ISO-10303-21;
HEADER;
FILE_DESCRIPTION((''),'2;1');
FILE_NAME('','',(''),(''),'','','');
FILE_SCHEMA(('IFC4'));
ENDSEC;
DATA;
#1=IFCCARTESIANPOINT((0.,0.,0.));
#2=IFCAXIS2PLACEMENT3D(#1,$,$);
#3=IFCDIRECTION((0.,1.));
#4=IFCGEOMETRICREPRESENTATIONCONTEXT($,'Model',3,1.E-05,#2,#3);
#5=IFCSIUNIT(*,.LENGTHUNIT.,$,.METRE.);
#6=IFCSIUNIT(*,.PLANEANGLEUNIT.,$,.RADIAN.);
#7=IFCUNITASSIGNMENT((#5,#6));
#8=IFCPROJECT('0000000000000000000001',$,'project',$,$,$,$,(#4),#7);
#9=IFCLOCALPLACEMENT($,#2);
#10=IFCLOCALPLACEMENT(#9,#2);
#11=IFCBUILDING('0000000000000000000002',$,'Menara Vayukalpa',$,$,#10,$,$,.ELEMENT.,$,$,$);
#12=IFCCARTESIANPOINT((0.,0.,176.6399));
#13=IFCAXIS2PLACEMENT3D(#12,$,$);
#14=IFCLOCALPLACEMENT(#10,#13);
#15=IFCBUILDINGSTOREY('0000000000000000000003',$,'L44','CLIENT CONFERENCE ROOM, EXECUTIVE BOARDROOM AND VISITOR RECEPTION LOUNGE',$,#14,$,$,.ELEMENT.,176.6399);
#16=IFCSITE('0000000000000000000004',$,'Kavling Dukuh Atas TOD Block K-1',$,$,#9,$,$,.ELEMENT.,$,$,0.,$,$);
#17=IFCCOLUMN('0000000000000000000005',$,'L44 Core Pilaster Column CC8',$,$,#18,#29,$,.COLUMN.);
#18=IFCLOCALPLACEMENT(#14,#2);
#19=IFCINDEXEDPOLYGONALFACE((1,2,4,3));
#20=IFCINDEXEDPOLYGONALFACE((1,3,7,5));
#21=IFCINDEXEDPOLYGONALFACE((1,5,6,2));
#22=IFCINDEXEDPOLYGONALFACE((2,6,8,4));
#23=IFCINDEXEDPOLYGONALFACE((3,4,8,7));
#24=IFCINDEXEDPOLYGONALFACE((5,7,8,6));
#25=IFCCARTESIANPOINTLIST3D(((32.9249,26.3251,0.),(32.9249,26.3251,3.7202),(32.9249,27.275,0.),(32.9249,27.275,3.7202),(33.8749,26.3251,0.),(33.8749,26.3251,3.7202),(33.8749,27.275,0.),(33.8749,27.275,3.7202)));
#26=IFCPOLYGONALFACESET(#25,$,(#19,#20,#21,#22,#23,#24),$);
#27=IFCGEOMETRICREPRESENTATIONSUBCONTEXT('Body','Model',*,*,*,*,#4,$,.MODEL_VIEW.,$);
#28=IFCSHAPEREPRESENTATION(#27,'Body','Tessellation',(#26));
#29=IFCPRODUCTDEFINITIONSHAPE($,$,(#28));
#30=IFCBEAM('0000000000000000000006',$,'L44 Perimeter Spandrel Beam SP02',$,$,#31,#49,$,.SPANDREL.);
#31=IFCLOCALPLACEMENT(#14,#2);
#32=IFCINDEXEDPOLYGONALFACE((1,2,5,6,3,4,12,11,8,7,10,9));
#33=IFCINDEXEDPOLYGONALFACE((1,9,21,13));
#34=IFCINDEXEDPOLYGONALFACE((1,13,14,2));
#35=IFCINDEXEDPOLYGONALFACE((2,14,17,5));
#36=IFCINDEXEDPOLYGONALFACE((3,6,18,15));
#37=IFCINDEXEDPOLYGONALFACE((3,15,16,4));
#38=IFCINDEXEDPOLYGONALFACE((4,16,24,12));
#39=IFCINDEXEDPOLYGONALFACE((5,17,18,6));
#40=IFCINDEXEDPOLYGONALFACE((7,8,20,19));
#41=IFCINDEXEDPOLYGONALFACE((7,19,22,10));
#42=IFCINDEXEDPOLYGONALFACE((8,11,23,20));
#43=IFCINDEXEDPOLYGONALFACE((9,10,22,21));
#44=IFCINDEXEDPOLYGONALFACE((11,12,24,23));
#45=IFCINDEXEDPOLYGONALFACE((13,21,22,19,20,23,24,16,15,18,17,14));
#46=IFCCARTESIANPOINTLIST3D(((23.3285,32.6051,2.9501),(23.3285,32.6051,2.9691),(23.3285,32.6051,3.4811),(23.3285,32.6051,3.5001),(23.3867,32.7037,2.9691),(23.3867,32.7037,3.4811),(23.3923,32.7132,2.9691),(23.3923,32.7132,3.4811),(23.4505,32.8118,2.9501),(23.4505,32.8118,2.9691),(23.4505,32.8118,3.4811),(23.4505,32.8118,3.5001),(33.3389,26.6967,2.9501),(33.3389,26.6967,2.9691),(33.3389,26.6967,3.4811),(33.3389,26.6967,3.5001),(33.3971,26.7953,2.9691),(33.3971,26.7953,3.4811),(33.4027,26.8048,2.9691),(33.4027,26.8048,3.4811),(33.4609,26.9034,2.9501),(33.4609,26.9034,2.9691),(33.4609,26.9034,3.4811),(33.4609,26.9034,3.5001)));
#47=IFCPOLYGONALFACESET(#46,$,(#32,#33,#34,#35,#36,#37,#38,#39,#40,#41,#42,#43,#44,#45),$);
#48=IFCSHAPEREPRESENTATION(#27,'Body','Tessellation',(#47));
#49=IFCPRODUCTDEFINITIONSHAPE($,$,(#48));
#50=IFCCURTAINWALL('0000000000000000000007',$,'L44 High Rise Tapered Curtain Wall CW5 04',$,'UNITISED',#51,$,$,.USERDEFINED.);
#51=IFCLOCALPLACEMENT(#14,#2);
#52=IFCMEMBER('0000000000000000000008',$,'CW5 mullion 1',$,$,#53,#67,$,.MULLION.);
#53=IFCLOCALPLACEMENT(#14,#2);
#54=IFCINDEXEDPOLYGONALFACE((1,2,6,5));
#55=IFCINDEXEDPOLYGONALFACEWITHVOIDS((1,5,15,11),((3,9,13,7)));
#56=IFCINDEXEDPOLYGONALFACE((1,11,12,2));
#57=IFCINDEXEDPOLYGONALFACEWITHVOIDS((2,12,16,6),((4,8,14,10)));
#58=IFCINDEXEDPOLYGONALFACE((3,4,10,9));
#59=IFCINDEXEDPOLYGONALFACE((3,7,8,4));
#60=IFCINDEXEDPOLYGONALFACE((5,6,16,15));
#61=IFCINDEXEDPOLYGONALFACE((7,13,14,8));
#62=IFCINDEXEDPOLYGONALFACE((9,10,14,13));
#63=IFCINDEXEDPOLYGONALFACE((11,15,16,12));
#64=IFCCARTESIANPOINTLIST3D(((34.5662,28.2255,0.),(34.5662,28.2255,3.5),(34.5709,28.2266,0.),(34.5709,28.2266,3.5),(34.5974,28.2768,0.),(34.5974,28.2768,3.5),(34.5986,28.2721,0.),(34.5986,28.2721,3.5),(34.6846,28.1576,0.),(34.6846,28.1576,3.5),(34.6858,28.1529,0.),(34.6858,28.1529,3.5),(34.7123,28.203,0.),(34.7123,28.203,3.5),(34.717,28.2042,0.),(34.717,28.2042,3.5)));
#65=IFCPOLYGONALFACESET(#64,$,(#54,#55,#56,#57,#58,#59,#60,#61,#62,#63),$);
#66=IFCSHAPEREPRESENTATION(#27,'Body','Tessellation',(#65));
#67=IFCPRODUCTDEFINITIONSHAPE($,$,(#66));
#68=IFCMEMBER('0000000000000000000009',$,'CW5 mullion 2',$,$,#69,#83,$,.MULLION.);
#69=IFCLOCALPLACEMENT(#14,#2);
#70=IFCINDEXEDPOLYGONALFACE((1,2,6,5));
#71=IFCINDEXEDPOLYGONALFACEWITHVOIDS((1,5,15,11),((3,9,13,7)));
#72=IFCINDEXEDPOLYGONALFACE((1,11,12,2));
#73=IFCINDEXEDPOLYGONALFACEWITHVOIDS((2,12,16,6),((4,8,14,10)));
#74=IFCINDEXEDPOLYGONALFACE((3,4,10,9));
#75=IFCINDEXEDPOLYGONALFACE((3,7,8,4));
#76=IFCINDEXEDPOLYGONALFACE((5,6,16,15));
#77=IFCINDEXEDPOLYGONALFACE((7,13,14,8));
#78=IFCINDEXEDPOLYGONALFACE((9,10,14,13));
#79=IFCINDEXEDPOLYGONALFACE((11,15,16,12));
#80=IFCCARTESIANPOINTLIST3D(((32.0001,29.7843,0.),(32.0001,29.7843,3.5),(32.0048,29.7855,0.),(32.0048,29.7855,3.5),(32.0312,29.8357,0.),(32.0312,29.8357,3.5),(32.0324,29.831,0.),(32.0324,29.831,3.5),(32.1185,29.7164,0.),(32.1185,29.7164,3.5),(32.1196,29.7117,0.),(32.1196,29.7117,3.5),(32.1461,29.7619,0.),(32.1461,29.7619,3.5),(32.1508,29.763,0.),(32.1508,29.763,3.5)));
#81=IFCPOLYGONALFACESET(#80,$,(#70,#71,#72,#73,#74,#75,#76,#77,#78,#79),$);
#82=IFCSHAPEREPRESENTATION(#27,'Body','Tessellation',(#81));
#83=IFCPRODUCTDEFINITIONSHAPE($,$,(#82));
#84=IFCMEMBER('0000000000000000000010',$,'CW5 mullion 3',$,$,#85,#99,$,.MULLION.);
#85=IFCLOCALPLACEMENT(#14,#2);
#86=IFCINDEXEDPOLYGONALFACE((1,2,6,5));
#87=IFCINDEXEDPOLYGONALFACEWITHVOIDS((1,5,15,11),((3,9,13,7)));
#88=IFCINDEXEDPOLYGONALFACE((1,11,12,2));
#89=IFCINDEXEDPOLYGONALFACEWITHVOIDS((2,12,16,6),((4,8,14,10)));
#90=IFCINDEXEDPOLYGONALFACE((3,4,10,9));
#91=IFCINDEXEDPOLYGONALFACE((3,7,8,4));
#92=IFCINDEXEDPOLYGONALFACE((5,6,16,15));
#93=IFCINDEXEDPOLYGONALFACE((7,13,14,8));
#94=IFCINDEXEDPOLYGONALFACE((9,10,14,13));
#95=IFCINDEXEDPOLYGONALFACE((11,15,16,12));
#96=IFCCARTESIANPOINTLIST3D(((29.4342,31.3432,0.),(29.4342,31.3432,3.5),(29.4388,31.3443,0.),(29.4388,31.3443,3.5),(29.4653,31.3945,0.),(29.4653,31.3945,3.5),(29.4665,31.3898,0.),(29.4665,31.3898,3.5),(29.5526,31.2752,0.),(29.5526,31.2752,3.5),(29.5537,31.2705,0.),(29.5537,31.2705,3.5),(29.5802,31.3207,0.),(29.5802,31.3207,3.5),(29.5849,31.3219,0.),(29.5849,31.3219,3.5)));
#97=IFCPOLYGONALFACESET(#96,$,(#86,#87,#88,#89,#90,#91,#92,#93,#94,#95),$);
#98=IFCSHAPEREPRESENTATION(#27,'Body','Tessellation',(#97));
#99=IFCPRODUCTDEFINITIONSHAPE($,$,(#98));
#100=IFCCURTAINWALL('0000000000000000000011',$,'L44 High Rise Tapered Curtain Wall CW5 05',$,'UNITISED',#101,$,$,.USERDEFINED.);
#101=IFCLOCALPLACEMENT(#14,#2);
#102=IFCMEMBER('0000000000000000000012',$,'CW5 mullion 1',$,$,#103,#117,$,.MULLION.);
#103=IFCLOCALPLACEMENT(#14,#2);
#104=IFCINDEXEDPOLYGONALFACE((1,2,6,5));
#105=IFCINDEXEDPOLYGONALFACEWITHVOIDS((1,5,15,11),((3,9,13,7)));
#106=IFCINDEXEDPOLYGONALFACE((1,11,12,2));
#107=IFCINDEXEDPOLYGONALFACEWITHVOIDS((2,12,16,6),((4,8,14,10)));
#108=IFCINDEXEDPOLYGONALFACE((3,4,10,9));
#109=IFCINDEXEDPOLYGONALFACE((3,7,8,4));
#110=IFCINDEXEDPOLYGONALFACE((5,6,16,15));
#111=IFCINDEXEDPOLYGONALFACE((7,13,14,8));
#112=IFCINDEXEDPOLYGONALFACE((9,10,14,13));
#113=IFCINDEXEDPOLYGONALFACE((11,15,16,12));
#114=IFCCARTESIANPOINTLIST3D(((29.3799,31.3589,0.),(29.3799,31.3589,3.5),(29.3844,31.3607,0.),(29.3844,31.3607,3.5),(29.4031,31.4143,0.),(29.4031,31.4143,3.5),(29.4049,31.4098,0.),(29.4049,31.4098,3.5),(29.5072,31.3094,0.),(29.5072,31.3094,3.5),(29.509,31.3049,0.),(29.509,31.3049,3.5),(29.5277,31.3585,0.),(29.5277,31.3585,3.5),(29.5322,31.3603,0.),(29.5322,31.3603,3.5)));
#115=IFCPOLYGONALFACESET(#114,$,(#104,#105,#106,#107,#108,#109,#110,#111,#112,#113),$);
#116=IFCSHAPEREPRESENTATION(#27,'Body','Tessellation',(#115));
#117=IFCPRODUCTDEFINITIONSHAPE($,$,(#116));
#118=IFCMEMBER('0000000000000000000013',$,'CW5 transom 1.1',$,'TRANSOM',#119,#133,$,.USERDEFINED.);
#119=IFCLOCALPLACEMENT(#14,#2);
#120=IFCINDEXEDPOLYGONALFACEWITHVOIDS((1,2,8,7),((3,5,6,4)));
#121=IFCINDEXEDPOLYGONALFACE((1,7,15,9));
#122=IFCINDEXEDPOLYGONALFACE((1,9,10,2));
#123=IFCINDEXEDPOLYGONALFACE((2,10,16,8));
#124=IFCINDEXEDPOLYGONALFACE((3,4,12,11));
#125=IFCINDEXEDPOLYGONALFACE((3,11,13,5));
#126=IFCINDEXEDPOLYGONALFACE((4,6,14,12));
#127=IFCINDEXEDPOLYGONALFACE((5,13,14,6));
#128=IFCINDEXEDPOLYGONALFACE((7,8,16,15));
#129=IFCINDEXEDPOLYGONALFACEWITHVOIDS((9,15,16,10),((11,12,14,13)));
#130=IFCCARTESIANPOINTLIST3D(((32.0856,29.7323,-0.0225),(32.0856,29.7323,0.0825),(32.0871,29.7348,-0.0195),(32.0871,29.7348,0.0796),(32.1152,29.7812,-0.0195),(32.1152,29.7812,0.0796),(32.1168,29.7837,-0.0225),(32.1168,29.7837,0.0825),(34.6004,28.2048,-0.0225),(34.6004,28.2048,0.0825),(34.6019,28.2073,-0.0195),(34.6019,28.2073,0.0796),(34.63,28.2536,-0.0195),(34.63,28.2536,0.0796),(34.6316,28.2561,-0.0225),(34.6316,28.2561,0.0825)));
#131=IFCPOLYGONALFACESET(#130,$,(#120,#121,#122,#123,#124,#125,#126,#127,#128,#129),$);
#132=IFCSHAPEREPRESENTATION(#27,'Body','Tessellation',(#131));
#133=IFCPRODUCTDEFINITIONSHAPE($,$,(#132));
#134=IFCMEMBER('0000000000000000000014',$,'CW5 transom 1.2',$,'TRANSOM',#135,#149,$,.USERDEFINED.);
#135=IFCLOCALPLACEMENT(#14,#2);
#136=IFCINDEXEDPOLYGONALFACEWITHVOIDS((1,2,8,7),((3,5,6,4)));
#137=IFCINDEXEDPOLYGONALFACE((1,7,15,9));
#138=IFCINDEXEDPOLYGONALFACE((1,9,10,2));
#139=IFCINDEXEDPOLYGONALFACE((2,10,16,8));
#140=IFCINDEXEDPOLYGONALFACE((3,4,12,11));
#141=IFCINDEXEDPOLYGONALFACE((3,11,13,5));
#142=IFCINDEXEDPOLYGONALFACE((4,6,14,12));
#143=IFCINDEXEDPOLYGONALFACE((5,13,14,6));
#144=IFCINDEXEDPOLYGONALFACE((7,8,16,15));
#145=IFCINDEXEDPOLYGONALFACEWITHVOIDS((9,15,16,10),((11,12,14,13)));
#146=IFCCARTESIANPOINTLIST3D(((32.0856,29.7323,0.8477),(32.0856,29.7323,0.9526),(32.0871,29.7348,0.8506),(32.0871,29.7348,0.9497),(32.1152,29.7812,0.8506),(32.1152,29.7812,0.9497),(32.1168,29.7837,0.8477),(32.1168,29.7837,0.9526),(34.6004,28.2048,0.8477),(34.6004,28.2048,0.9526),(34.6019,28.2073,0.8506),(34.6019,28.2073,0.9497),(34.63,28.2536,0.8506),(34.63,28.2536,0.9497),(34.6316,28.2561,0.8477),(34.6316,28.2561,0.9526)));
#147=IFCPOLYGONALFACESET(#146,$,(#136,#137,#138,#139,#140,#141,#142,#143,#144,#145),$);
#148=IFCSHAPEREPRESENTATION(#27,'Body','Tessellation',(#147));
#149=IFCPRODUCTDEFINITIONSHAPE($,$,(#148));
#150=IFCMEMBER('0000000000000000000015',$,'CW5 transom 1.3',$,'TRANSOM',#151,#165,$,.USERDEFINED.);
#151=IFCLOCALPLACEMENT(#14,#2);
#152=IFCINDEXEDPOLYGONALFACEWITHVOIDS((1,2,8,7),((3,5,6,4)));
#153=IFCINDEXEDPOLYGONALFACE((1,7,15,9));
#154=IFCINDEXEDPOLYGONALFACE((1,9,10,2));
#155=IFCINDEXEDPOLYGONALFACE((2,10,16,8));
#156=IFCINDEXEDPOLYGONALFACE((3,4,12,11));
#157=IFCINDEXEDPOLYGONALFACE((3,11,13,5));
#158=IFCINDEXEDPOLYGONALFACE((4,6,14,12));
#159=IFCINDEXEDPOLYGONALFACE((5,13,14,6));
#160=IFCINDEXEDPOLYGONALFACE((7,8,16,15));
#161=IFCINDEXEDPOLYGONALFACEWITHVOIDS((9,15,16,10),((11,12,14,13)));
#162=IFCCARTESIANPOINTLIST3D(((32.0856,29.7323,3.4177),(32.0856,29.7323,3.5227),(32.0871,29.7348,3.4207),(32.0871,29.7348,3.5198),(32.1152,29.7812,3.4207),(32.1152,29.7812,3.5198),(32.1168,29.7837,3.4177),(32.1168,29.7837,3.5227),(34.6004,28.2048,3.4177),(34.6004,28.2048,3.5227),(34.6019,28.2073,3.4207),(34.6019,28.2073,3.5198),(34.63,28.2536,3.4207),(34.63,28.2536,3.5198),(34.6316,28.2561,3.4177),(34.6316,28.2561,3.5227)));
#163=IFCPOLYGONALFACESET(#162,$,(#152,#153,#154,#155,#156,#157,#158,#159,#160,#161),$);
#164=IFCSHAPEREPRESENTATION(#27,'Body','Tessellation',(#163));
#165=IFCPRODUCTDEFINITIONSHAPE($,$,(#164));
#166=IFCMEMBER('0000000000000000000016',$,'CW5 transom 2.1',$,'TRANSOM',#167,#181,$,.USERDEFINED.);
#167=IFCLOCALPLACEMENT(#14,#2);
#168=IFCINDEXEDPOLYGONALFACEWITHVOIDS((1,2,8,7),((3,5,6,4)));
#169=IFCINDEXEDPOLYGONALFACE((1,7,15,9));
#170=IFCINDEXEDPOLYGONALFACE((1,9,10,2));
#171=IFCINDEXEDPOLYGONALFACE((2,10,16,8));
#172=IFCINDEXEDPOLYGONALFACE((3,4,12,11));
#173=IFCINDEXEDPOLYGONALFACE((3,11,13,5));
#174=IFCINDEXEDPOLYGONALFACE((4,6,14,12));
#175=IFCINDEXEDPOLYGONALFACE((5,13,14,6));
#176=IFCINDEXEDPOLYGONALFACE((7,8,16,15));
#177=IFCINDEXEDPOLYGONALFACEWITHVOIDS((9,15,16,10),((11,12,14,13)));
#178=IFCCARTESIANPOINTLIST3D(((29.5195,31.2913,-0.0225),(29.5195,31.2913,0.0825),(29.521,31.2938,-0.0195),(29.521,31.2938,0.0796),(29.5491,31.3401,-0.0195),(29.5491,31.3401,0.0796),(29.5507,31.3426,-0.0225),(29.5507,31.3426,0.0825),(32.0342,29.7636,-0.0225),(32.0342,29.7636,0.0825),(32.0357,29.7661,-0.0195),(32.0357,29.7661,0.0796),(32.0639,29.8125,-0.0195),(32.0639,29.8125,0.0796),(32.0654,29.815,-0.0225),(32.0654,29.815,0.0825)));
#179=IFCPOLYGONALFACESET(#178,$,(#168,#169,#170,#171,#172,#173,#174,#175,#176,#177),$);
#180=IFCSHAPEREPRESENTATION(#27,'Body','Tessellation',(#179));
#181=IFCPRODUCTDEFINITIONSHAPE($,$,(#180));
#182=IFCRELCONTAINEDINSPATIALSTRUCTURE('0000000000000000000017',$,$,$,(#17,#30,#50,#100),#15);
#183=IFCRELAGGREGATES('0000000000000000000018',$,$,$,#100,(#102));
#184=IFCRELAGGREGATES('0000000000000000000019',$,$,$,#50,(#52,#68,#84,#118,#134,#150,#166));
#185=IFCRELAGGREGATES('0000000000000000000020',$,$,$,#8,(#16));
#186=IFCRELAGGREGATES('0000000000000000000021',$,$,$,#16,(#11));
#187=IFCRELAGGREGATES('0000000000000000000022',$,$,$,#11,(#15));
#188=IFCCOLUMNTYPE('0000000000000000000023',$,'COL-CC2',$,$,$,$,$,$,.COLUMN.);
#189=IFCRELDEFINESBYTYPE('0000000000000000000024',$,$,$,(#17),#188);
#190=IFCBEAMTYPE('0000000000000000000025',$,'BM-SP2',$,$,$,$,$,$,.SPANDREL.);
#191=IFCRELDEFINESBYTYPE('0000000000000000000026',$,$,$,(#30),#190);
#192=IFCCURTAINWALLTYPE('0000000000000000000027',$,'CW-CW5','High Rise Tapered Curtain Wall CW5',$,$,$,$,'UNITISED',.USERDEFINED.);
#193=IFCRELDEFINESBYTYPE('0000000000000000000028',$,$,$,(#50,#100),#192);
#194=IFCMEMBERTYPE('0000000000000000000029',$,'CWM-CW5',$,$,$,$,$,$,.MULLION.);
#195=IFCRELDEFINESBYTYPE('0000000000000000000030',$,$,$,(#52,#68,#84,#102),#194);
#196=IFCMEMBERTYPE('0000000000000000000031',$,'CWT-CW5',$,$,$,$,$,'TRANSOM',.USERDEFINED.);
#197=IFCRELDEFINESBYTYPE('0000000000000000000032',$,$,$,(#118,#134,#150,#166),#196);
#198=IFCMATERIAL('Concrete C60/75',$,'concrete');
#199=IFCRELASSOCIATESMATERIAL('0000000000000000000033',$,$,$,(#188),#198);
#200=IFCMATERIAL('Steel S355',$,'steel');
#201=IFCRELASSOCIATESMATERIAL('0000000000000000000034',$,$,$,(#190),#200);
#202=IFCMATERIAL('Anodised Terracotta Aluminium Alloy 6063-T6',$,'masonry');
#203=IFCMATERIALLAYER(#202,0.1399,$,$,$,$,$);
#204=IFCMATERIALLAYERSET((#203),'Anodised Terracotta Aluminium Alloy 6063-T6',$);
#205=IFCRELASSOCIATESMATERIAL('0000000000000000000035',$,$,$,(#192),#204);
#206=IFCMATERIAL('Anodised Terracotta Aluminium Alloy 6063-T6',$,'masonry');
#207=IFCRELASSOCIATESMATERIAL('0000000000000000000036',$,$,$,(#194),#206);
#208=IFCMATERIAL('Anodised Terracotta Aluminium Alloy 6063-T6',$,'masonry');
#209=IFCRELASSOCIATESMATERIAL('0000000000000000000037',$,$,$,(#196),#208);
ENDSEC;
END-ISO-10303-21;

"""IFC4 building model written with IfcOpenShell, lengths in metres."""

from ifc_helpers import new_model, si_unit, direction, frame, origin, origin_2d, place, context, subcontext, project, spatial, rectangle, hollow_rectangle, i_section, extrude, material, layer, layer_set, material_profile, profile_set, type_object, element, aggregate, save


model = new_model("IFC4")

# Units and contexts
model_context = context("Model", 3, precision=1e-05, world=origin(), true_north=direction((0.0, 1.0)))
body_context = subcontext(model_context, "Body", "Model", "MODEL_VIEW")
ifc_project = project(units=[si_unit("LENGTHUNIT", "METRE"), si_unit("PLANEANGLEUNIT", "RADIAN")], contexts=[model_context])

# Site, building, storey
site_placement = place(None, origin())
site = spatial("IfcSite", under=ifc_project, at=site_placement, Name="Kavling Dukuh Atas TOD Block K-1", CompositionType="ELEMENT", RefElevation=0.0)
building_placement = place(site_placement, origin())
building = spatial("IfcBuilding", under=site, at=building_placement, Name="Menara Vayukalpa", CompositionType="ELEMENT")
storey_placement = place(building_placement, frame((0.0, 0.0, 176.6399)))
storey = spatial("IfcBuildingStorey", under=building, at=storey_placement, Name="L44", Description="CLIENT CONFERENCE ROOM, EXECUTIVE BOARDROOM AND VISITOR RECEPTION LOUNGE", CompositionType="ELEMENT", Elevation=176.6399)

# Column
ifc_material_1 = material(Name="Concrete C60/75", Category="concrete")
ifc_material_profile_1 = material_profile(ifc_material_1, rectangle(XDim=0.95, YDim=0.95, at=origin_2d()), Name="RC 950x950")
ifc_profile_set_1 = profile_set([ifc_material_profile_1], Name="Concrete C60/75")
column_type = type_object("IfcColumnType", Name="COL-CC2", PredefinedType="COLUMN", material=ifc_profile_set_1)
column_placement = place(storey_placement, frame((33.3999, 26.8, 0.0), z_axis=(0.0, 0.0, 1.0), x_axis=(1.0, 0.0, 0.0)))
element("IfcColumn", 1, at=column_placement, inside=storey, type_object=column_type, Name="L44 Core Pilaster Column CC8", PredefinedType="COLUMN", context=body_context, shape_type="SweptSolid", body=[
    extrude(rectangle(XDim=0.95, YDim=0.95, at=origin_2d()), origin(), (0.0, 0.0, 1.0), 3.7202),
])

# Beam
ifc_material_2 = material(Name="Steel S355", Category="steel")
ifc_material_profile_2 = material_profile(ifc_material_2, i_section(OverallWidth=0.24, OverallDepth=0.55, WebThickness=0.011, FlangeThickness=0.019, at=origin_2d()), Name="WF 550x240x11x19")
ifc_profile_set_2 = profile_set([ifc_material_profile_2], Name="Steel S355")
beam_type = type_object("IfcBeamType", Name="BM-SP2", PredefinedType="SPANDREL", material=ifc_profile_set_2)
beam_placement = place(storey_placement, frame((33.3999, 26.8, 3.2251), z_axis=(-0.861184, 0.508293, 0.0), x_axis=(-0.508293, -0.861184, 0.0)))
element("IfcBeam", 2, at=beam_placement, inside=storey, type_object=beam_type, Name="L44 Perimeter Spandrel Beam SP02", PredefinedType="SPANDREL", context=body_context, shape_type="SweptSolid", body=[
    extrude(i_section(OverallWidth=0.24, OverallDepth=0.55, WebThickness=0.011, FlangeThickness=0.019, at=origin_2d()), origin(), (0.0, 0.0, 1.0), 11.624),
])

# Curtain wall, members
ifc_material_3 = material(Name="Anodised Terracotta Aluminium Alloy 6063-T6", Category="masonry")
ifc_layer_1 = layer(ifc_material_3, 0.1399)
ifc_layer_set_1 = layer_set([ifc_layer_1], Name="Anodised Terracotta Aluminium Alloy 6063-T6")
curtain_wall_type = type_object("IfcCurtainWallType", Name="CW-CW5", Description="High Rise Tapered Curtain Wall CW5", ElementType="UNITISED", PredefinedType="USERDEFINED", material=ifc_layer_set_1)
curtain_wall_1_placement = place(storey_placement, origin())
curtain_wall_1 = element("IfcCurtainWall", 3, at=curtain_wall_1_placement, inside=storey, type_object=curtain_wall_type, Name="L44 High Rise Tapered Curtain Wall CW5 04", ObjectType="UNITISED", PredefinedType="USERDEFINED")
ifc_material_4 = material(Name="Anodised Terracotta Aluminium Alloy 6063-T6", Category="masonry")
ifc_material_profile_3 = material_profile(ifc_material_4, hollow_rectangle(XDim=0.0601, YDim=0.1399, WallThickness=0.0034, at=origin_2d()), Name="ALU 60x140x3.5")
ifc_profile_set_3 = profile_set([ifc_material_profile_3], Name="Anodised Terracotta Aluminium Alloy 6063-T6")
member_type_1 = type_object("IfcMemberType", Name="CWM-CW5", PredefinedType="MULLION", material=ifc_profile_set_3)
member_1_placement = place(storey_placement, frame((34.6416, 28.2148, 0.0), z_axis=(0.0, 0.0, 1.0), x_axis=(-0.51918, -0.854665, 0.0)))
member_1 = element("IfcMember", 4, at=member_1_placement, type_object=member_type_1, Name="CW5 mullion 1", PredefinedType="MULLION", context=body_context, shape_type="SweptSolid", body=[
    extrude(hollow_rectangle(XDim=0.0601, YDim=0.1399, WallThickness=0.0034, at=origin_2d()), origin(), (0.0, 0.0, 1.0), 3.5),
])
member_2_placement = place(storey_placement, frame((32.0754, 29.7737, 0.0), z_axis=(0.0, 0.0, 1.0), x_axis=(-0.51918, -0.854665, 0.0)))
member_2 = element("IfcMember", 5, at=member_2_placement, type_object=member_type_1, Name="CW5 mullion 2", PredefinedType="MULLION", context=body_context, shape_type="SweptSolid", body=[
    extrude(hollow_rectangle(XDim=0.0601, YDim=0.1399, WallThickness=0.0034, at=origin_2d()), origin(), (0.0, 0.0, 1.0), 3.5),
])
member_3_placement = place(storey_placement, frame((29.5095, 31.3325, 0.0), z_axis=(0.0, 0.0, 1.0), x_axis=(-0.51918, -0.854665, 0.0)))
member_3 = element("IfcMember", 6, at=member_3_placement, type_object=member_type_1, Name="CW5 mullion 3", PredefinedType="MULLION", context=body_context, shape_type="SweptSolid", body=[
    extrude(hollow_rectangle(XDim=0.0601, YDim=0.1399, WallThickness=0.0034, at=origin_2d()), origin(), (0.0, 0.0, 1.0), 3.5),
])

# Curtain wall, member
curtain_wall_2_placement = place(storey_placement, origin())
curtain_wall_2 = element("IfcCurtainWall", 7, at=curtain_wall_2_placement, inside=storey, type_object=curtain_wall_type, Name="L44 High Rise Tapered Curtain Wall CW5 05", ObjectType="UNITISED", PredefinedType="USERDEFINED")
member_4_placement = place(storey_placement, frame((29.4561, 31.3596, 0.0), z_axis=(0.0, 0.0, 1.0), x_axis=(-0.385903, -0.922539, 0.0)))
member_4 = element("IfcMember", 8, at=member_4_placement, type_object=member_type_1, Name="CW5 mullion 1", PredefinedType="MULLION", context=body_context, shape_type="SweptSolid", body=[
    extrude(hollow_rectangle(XDim=0.0601, YDim=0.1399, WallThickness=0.0034, at=origin_2d()), origin(), (0.0, 0.0, 1.0), 3.5),
])

# Members
ifc_material_5 = material(Name="Anodised Terracotta Aluminium Alloy 6063-T6", Category="masonry")
ifc_material_profile_4 = material_profile(ifc_material_5, hollow_rectangle(XDim=0.0601, YDim=0.105, WallThickness=0.0029, at=origin_2d()), Name="ALU 60x105x3")
ifc_profile_set_4 = profile_set([ifc_material_profile_4], Name="Anodised Terracotta Aluminium Alloy 6063-T6")
member_type_2 = type_object("IfcMemberType", Name="CWT-CW5", ElementType="TRANSOM", PredefinedType="USERDEFINED", material=ifc_profile_set_4)
member_5_placement = place(storey_placement, frame((34.616, 28.2305, 0.03), z_axis=(-0.854684, 0.519149, 0.0), x_axis=(-0.519149, -0.854684, 0.0)))
member_5 = element("IfcMember", 9, at=member_5_placement, type_object=member_type_2, Name="CW5 transom 1.1", ObjectType="TRANSOM", PredefinedType="USERDEFINED", context=body_context, shape_type="SweptSolid", body=[
    extrude(hollow_rectangle(XDim=0.0601, YDim=0.105, WallThickness=0.0029, at=origin_2d()), origin(), (0.0, 0.0, 1.0), 2.9424),
])
member_6_placement = place(storey_placement, frame((34.616, 28.2305, 0.9001), z_axis=(-0.854684, 0.519149, 0.0), x_axis=(-0.519149, -0.854684, 0.0)))
member_6 = element("IfcMember", 10, at=member_6_placement, type_object=member_type_2, Name="CW5 transom 1.2", ObjectType="TRANSOM", PredefinedType="USERDEFINED", context=body_context, shape_type="SweptSolid", body=[
    extrude(hollow_rectangle(XDim=0.0601, YDim=0.105, WallThickness=0.0029, at=origin_2d()), origin(), (0.0, 0.0, 1.0), 2.9424),
])
member_7_placement = place(storey_placement, frame((34.616, 28.2305, 3.4702), z_axis=(-0.854684, 0.519149, 0.0), x_axis=(-0.519149, -0.854684, 0.0)))
member_7 = element("IfcMember", 11, at=member_7_placement, type_object=member_type_2, Name="CW5 transom 1.3", ObjectType="TRANSOM", PredefinedType="USERDEFINED", context=body_context, shape_type="SweptSolid", body=[
    extrude(hollow_rectangle(XDim=0.0601, YDim=0.105, WallThickness=0.0029, at=origin_2d()), origin(), (0.0, 0.0, 1.0), 2.9424),
])
member_8_placement = place(storey_placement, frame((32.0498, 29.7893, 0.03), z_axis=(-0.854661, 0.519186, 0.0), x_axis=(-0.519186, -0.854661, 0.0)))
member_8 = element("IfcMember", 12, at=member_8_placement, type_object=member_type_2, Name="CW5 transom 2.1", ObjectType="TRANSOM", PredefinedType="USERDEFINED", context=body_context, shape_type="SweptSolid", body=[
    extrude(hollow_rectangle(XDim=0.0601, YDim=0.105, WallThickness=0.0029, at=origin_2d()), origin(), (0.0, 0.0, 1.0), 2.9424),
])
aggregate(curtain_wall_2, [member_4])

aggregate(curtain_wall_1, [member_1, member_2, member_3, member_5, member_6, member_7, member_8])

save(model, "model.ifc")
